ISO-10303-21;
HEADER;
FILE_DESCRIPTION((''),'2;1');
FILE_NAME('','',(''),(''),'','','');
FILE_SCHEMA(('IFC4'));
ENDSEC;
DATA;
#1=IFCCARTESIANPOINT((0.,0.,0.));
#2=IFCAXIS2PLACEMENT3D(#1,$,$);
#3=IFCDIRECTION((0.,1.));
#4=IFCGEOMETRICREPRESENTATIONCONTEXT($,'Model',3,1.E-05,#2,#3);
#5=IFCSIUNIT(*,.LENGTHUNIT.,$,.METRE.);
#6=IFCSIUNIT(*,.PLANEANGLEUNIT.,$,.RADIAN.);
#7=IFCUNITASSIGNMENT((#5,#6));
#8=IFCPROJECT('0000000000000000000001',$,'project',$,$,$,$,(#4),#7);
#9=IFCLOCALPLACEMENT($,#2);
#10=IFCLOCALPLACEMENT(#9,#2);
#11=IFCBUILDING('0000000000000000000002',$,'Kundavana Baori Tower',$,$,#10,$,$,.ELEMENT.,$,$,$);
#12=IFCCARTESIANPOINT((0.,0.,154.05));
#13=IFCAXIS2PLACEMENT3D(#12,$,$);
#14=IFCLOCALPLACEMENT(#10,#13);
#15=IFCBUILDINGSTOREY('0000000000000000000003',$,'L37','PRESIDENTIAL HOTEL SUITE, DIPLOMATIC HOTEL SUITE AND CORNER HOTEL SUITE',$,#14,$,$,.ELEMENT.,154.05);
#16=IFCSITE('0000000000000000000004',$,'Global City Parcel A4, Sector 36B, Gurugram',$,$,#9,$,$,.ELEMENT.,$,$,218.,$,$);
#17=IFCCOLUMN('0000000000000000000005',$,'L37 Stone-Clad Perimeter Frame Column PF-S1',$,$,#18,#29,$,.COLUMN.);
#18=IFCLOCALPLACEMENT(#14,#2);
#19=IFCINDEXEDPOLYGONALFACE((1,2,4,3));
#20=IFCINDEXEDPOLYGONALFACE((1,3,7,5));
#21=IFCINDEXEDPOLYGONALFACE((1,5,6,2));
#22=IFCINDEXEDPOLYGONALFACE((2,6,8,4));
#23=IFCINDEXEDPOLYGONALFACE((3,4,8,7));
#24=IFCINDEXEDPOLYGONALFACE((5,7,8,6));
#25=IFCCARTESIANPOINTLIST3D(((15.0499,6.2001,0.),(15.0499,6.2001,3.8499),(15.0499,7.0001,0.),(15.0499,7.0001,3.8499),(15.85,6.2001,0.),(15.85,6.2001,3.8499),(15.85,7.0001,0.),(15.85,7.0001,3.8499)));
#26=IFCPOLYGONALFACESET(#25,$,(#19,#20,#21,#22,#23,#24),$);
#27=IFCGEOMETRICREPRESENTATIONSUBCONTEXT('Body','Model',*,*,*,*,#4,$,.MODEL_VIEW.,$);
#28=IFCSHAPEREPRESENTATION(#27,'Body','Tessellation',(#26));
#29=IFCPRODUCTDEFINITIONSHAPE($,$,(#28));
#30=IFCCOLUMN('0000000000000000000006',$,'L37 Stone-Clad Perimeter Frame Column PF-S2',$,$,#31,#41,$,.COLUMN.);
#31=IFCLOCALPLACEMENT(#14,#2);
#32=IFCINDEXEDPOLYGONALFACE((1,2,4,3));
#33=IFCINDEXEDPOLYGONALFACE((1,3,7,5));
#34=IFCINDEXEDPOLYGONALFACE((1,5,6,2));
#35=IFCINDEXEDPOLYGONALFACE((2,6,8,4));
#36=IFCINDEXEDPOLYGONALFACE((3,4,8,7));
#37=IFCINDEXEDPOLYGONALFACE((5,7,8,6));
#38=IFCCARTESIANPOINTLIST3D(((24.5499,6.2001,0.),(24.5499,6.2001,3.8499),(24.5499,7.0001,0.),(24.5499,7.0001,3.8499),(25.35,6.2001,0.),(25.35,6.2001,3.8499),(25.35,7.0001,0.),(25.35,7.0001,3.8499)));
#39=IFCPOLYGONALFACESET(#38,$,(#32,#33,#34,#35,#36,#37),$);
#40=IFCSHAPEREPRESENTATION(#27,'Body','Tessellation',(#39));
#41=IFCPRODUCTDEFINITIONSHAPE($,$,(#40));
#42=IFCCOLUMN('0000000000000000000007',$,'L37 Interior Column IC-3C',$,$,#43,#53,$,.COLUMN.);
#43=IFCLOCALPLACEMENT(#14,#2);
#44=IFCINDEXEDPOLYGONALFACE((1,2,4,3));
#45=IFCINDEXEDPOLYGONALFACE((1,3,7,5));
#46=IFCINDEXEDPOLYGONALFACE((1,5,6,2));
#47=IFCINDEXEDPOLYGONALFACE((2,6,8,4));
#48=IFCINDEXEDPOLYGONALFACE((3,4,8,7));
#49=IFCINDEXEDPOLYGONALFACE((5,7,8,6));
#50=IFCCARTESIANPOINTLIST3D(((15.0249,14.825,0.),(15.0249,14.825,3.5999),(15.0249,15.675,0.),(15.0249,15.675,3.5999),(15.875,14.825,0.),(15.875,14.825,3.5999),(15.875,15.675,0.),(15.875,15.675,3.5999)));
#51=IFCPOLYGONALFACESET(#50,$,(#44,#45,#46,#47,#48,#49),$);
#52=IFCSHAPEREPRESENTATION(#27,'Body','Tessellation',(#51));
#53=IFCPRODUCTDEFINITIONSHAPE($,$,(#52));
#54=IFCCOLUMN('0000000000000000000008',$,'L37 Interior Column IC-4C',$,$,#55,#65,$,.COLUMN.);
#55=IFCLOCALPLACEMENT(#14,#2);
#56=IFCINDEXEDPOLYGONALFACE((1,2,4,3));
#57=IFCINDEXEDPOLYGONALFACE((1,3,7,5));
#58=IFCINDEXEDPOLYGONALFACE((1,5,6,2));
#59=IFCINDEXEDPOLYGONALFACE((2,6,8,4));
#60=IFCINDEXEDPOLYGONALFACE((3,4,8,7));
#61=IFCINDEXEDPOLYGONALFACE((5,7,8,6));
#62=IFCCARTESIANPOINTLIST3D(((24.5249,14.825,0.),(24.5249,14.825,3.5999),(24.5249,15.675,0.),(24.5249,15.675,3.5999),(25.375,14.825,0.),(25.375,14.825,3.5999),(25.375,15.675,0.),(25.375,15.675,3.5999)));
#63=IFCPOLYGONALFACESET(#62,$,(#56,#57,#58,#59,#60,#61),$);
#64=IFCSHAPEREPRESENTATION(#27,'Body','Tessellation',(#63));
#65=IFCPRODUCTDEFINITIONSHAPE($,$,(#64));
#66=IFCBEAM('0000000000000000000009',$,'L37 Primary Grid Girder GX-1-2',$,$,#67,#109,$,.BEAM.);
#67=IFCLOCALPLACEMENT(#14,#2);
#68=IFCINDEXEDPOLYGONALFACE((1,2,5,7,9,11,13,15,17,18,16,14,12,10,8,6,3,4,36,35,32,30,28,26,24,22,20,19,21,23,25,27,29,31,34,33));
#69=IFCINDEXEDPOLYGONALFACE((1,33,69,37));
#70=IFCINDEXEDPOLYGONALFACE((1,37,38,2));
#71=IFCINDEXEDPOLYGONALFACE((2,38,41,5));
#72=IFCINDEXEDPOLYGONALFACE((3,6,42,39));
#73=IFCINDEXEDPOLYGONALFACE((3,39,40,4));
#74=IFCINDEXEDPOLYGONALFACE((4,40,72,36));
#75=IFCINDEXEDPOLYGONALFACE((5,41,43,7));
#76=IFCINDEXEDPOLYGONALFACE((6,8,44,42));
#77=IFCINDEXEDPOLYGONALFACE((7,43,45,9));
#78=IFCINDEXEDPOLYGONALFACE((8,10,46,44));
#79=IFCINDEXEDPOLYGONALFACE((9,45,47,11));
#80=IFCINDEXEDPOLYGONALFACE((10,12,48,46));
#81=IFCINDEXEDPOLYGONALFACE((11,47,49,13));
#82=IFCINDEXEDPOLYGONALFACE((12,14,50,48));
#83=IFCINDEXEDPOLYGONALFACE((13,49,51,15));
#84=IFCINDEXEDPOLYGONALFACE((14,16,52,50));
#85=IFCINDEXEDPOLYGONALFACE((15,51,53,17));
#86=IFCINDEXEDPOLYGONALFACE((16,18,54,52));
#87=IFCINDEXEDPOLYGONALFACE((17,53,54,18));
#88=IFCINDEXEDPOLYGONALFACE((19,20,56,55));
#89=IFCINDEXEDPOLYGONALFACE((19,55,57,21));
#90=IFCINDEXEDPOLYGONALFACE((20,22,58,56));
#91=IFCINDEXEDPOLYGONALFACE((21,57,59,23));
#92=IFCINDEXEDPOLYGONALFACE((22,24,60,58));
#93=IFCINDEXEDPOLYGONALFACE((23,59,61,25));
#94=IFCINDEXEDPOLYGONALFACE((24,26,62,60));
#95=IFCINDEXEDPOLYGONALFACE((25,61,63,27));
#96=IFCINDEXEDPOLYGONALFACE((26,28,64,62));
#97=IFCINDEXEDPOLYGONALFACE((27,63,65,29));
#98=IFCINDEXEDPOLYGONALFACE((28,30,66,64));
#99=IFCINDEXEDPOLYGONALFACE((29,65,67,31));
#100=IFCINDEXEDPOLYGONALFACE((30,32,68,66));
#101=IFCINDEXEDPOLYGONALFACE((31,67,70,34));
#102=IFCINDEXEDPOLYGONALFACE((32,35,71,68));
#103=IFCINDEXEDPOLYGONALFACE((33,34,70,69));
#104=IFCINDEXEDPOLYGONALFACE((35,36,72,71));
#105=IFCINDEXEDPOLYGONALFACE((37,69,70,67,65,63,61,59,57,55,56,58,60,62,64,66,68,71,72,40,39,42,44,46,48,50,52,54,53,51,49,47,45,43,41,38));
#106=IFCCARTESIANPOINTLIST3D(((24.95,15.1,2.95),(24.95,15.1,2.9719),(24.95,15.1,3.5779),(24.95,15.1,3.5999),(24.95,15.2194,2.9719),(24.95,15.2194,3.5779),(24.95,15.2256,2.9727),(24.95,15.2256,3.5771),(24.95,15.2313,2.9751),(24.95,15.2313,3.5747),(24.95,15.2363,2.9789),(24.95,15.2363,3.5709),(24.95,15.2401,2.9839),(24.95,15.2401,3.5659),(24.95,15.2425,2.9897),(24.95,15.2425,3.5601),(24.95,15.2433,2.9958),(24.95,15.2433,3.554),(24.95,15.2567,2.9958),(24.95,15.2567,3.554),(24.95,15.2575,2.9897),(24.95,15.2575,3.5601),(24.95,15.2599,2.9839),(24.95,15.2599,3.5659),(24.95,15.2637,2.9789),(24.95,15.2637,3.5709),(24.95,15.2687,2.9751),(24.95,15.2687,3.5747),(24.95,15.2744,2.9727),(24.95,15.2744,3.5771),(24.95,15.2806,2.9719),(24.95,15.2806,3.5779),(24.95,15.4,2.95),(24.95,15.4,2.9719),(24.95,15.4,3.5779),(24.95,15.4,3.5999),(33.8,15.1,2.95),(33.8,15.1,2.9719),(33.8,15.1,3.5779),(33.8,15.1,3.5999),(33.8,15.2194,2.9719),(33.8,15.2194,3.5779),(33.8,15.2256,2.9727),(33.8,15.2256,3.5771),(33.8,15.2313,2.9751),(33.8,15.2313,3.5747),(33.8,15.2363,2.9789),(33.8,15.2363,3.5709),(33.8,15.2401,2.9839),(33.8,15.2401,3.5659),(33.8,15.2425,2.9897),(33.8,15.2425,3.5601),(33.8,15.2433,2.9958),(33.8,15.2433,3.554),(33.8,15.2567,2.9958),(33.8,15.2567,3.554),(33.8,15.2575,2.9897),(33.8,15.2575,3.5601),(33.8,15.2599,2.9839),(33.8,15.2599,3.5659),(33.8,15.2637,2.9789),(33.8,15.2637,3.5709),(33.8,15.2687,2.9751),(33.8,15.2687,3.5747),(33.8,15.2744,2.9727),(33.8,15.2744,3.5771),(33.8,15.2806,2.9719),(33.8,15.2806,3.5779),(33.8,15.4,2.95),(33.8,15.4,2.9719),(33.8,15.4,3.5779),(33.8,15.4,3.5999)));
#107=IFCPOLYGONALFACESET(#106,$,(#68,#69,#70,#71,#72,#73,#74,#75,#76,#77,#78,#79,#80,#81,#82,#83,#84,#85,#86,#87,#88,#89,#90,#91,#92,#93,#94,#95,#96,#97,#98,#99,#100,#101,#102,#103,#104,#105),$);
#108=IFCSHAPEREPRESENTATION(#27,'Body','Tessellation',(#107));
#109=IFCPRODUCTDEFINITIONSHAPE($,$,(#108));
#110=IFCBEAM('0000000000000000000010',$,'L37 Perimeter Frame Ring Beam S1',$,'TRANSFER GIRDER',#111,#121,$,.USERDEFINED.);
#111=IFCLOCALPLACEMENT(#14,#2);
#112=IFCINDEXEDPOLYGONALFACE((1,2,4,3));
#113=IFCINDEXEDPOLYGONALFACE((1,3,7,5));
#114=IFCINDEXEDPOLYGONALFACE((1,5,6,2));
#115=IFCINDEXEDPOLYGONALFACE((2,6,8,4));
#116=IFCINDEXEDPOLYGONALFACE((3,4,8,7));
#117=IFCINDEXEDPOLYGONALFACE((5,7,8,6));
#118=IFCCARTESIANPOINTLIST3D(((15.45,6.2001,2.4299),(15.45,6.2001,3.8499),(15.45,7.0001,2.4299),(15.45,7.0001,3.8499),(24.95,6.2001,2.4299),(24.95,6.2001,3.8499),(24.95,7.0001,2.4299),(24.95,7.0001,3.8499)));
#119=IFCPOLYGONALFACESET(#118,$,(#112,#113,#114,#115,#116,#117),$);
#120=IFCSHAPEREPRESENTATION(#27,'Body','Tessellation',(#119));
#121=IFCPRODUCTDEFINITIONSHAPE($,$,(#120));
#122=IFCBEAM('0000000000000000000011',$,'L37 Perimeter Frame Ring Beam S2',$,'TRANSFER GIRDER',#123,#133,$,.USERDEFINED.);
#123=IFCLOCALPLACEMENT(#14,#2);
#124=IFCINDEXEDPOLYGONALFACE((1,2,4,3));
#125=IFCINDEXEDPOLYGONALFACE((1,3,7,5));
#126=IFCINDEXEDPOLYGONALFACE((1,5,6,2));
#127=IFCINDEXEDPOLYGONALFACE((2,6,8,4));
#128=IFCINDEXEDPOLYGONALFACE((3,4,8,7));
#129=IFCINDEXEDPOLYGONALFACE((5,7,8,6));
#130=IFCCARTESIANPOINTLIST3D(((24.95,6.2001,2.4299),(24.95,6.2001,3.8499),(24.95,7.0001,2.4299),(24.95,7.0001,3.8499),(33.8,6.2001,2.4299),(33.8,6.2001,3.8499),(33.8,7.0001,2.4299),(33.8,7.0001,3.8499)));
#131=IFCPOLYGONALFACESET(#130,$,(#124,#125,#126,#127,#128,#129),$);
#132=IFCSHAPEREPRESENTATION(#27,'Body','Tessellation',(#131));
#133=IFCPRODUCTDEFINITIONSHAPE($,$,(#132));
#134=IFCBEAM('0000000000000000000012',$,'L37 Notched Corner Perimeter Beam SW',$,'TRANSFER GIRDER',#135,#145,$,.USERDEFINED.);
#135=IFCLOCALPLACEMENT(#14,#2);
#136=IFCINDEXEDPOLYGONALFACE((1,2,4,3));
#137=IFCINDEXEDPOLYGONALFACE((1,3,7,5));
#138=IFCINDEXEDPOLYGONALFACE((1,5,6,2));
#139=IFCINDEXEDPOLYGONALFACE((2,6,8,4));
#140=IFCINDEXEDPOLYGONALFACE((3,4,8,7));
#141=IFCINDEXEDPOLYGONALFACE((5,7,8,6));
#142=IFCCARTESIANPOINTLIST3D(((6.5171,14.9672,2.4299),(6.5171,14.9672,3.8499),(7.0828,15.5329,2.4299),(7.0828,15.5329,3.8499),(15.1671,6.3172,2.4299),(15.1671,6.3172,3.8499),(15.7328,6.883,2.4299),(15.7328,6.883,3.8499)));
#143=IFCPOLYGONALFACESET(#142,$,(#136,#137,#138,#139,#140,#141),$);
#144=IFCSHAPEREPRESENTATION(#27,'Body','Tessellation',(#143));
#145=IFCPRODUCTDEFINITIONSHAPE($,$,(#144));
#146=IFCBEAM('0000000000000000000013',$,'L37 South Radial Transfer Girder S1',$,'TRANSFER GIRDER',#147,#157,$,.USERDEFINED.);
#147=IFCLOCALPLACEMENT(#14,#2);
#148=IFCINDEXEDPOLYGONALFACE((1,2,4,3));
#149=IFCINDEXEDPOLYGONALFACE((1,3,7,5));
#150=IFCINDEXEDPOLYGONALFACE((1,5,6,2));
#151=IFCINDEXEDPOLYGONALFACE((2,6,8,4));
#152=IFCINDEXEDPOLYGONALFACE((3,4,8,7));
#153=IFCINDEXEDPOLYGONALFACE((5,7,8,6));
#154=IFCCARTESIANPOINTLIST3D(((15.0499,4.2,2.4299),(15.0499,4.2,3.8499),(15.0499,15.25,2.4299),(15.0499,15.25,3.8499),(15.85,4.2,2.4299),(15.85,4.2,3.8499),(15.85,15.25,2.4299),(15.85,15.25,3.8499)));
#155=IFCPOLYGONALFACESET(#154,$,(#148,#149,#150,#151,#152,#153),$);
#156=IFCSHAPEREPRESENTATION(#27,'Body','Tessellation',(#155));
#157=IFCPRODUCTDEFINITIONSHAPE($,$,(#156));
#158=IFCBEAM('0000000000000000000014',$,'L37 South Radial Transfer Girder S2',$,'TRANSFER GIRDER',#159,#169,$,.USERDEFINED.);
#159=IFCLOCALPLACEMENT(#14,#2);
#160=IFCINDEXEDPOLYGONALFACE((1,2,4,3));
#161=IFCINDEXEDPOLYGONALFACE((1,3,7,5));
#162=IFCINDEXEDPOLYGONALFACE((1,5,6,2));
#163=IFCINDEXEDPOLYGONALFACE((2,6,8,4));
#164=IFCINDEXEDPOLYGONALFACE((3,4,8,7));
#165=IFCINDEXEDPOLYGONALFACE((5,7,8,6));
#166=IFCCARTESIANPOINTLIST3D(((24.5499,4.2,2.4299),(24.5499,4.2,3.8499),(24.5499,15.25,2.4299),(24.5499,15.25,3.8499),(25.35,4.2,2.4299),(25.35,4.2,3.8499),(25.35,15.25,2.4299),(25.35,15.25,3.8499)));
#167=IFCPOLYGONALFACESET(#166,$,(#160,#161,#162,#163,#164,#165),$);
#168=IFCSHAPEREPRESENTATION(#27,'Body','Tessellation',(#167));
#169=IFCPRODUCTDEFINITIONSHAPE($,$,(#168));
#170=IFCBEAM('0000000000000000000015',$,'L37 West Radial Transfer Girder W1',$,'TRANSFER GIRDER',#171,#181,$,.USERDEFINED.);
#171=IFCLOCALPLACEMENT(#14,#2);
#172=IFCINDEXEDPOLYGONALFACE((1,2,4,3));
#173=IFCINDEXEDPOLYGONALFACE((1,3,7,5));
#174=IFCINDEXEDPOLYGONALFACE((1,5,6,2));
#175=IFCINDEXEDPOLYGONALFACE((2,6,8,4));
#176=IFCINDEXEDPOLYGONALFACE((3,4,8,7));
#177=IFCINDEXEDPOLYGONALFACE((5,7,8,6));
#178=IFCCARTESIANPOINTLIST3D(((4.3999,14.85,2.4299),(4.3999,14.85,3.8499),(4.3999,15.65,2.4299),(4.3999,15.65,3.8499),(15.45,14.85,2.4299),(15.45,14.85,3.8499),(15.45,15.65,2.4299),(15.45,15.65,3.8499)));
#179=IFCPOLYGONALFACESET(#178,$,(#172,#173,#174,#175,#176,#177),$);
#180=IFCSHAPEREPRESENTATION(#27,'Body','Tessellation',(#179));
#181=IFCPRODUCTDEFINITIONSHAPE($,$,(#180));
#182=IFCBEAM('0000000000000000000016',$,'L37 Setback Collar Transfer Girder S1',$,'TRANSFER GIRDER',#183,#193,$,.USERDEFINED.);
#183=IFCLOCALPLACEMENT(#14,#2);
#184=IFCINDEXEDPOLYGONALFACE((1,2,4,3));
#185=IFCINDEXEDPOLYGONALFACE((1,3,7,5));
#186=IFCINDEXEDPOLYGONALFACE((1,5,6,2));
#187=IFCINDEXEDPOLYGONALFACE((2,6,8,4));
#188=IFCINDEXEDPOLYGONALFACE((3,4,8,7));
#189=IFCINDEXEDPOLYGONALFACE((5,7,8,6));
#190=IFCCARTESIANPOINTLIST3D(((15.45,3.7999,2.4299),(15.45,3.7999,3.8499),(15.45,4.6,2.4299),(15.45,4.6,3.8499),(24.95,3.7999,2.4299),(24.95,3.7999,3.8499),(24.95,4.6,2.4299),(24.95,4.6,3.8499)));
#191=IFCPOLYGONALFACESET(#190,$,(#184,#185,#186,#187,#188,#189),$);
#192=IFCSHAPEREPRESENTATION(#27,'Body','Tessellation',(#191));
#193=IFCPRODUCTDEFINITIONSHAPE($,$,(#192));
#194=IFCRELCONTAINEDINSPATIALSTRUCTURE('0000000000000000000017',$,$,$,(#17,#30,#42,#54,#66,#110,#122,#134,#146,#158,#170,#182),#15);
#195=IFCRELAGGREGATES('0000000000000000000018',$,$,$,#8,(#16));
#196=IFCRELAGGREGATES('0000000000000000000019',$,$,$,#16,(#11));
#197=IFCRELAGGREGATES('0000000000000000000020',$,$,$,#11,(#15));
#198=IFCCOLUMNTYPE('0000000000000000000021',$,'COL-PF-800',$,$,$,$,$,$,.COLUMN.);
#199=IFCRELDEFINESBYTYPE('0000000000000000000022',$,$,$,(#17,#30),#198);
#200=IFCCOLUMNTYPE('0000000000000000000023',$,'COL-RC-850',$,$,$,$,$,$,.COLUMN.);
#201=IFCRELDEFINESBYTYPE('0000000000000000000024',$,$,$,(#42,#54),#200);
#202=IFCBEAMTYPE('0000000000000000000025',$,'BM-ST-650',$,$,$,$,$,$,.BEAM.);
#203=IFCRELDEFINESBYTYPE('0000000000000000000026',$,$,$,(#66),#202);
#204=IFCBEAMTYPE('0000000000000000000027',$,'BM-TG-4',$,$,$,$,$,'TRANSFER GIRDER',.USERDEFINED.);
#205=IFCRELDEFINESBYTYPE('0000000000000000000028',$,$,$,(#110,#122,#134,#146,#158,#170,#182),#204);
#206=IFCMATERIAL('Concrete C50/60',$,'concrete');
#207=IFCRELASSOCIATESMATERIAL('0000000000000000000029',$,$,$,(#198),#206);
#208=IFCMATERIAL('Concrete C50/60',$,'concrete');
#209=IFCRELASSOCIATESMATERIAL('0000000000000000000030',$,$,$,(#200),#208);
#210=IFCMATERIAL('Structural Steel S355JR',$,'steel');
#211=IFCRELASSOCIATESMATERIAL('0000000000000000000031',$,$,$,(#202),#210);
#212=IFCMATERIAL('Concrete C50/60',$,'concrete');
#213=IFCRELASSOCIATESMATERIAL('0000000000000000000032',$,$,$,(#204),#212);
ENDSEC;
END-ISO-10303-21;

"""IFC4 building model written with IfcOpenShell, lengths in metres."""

from ifc_helpers import new_model, si_unit, direction, frame, origin, origin_2d, place, context, subcontext, project, spatial, rectangle, i_section, extrude, material, material_profile, profile_set, type_object, element, save


model = new_model("IFC4")

# Units and contexts
model_context = context("Model", 3, precision=1e-05, world=origin(), true_north=direction((0.0, 1.0)))
body_context = subcontext(model_context, "Body", "Model", "MODEL_VIEW")
ifc_project = project(units=[si_unit("LENGTHUNIT", "METRE"), si_unit("PLANEANGLEUNIT", "RADIAN")], contexts=[model_context])

# Site, building, storey
site_placement = place(None, origin())
site = spatial("IfcSite", under=ifc_project, at=site_placement, Name="Global City Parcel A4, Sector 36B, Gurugram", CompositionType="ELEMENT", RefElevation=218.0)
building_placement = place(site_placement, origin())
building = spatial("IfcBuilding", under=site, at=building_placement, Name="Kundavana Baori Tower", CompositionType="ELEMENT")
storey_placement = place(building_placement, frame((0.0, 0.0, 154.05)))
storey = spatial("IfcBuildingStorey", under=building, at=storey_placement, Name="L37", Description="PRESIDENTIAL HOTEL SUITE, DIPLOMATIC HOTEL SUITE AND CORNER HOTEL SUITE", CompositionType="ELEMENT", Elevation=154.05)

# Columns
ifc_material_1 = material(Name="Concrete C50/60", Category="concrete")
ifc_material_profile_1 = material_profile(ifc_material_1, rectangle(XDim=0.8, YDim=0.8, at=origin_2d()), Name="RC PF 800x800")
ifc_profile_set_1 = profile_set([ifc_material_profile_1], Name="Concrete C50/60")
column_type_1 = type_object("IfcColumnType", Name="COL-PF-800", PredefinedType="COLUMN", material=ifc_profile_set_1)
for number, where, z_axis, x_axis, name in (
    (1, (15.45, 6.6001, 0.0), (0.0, 0.0, 1.0), (1.0, 0.0, 0.0), "L37 Stone-Clad Perimeter Frame Column PF-S1"),
    (2, (24.95, 6.6001, 0.0), (0.0, 0.0, 1.0), (1.0, 0.0, 0.0), "L37 Stone-Clad Perimeter Frame Column PF-S2"),
):
    element("IfcColumn", number, at=place(storey_placement, frame(where, z_axis=z_axis, x_axis=x_axis)), inside=storey, type_object=column_type_1, Name=name, PredefinedType="COLUMN", context=body_context, shape_type="SweptSolid", body=[
        extrude(rectangle(XDim=0.8, YDim=0.8, at=origin_2d()), origin(), (0.0, 0.0, 1.0), 3.8499),
    ])
ifc_material_2 = material(Name="Concrete C50/60", Category="concrete")
ifc_material_profile_2 = material_profile(ifc_material_2, rectangle(XDim=0.8501, YDim=0.8501, at=origin_2d()), Name="RC 850x850")
ifc_profile_set_2 = profile_set([ifc_material_profile_2], Name="Concrete C50/60")
column_type_2 = type_object("IfcColumnType", Name="COL-RC-850", PredefinedType="COLUMN", material=ifc_profile_set_2)
for number, where, z_axis, x_axis, name in (
    (3, (15.45, 15.25, 0.0), (0.0, 0.0, 1.0), (1.0, 0.0, 0.0), "L37 Interior Column IC-3C"),
    (4, (24.95, 15.25, 0.0), (0.0, 0.0, 1.0), (1.0, 0.0, 0.0), "L37 Interior Column IC-4C"),
):
    element("IfcColumn", number, at=place(storey_placement, frame(where, z_axis=z_axis, x_axis=x_axis)), inside=storey, type_object=column_type_2, Name=name, PredefinedType="COLUMN", context=body_context, shape_type="SweptSolid", body=[
        extrude(rectangle(XDim=0.8501, YDim=0.8501, at=origin_2d()), origin(), (0.0, 0.0, 1.0), 3.5999),
    ])

# Beams
ifc_material_3 = material(Name="Structural Steel S355JR", Category="steel")
ifc_material_profile_3 = material_profile(ifc_material_3, i_section(OverallWidth=0.3, OverallDepth=0.6499, WebThickness=0.0134, FlangeThickness=0.022, FilletRadius=0.0239, at=origin_2d()), Name="NPB 650x300x155")
ifc_profile_set_3 = profile_set([ifc_material_profile_3], Name="Structural Steel S355JR")
beam_type_1 = type_object("IfcBeamType", Name="BM-ST-650", PredefinedType="BEAM", material=ifc_profile_set_3)
beam_1_placement = place(storey_placement, frame((24.95, 15.25, 3.2749), z_axis=(1.0, 0.0, 0.0), x_axis=(0.0, 1.0, 0.0)))
element("IfcBeam", 5, at=beam_1_placement, inside=storey, type_object=beam_type_1, Name="L37 Primary Grid Girder GX-1-2", PredefinedType="BEAM", context=body_context, shape_type="SweptSolid", body=[
    extrude(i_section(OverallWidth=0.3, OverallDepth=0.6499, WebThickness=0.0134, FlangeThickness=0.022, FilletRadius=0.0239, at=origin_2d()), origin(), (0.0, 0.0, 1.0), 8.8501),
])
ifc_material_4 = material(Name="Concrete C50/60", Category="concrete")
ifc_material_profile_4 = material_profile(ifc_material_4, rectangle(XDim=0.8, YDim=1.4199, at=origin_2d()), Name="BM-TG-4")
ifc_profile_set_4 = profile_set([ifc_material_profile_4], Name="Concrete C50/60")
beam_type_2 = type_object("IfcBeamType", Name="BM-TG-4", ElementType="TRANSFER GIRDER", PredefinedType="USERDEFINED", material=ifc_profile_set_4)
beam_2_placement = place(storey_placement, frame((15.45, 6.6001, 3.1399), z_axis=(1.0, 0.0, 0.0), x_axis=(0.0, 1.0, 0.0)))
element("IfcBeam", 6, at=beam_2_placement, inside=storey, type_object=beam_type_2, Name="L37 Perimeter Frame Ring Beam S1", ObjectType="TRANSFER GIRDER", PredefinedType="USERDEFINED", context=body_context, shape_type="SweptSolid", body=[
    extrude(rectangle(XDim=0.8, YDim=1.4199, at=origin_2d()), origin(), (0.0, 0.0, 1.0), 9.5),
])
beam_3_placement = place(storey_placement, frame((24.95, 6.6001, 3.1399), z_axis=(1.0, 0.0, 0.0), x_axis=(0.0, 1.0, 0.0)))
element("IfcBeam", 7, at=beam_3_placement, inside=storey, type_object=beam_type_2, Name="L37 Perimeter Frame Ring Beam S2", ObjectType="TRANSFER GIRDER", PredefinedType="USERDEFINED", context=body_context, shape_type="SweptSolid", body=[
    extrude(rectangle(XDim=0.8, YDim=1.4199, at=origin_2d()), origin(), (0.0, 0.0, 1.0), 8.8501),
])
beam_4_placement = place(storey_placement, frame((15.45, 6.6001, 3.1399), z_axis=(-0.707107, 0.707107, 0.0), x_axis=(-0.707107, -0.707107, 0.0)))
element("IfcBeam", 8, at=beam_4_placement, inside=storey, type_object=beam_type_2, Name="L37 Notched Corner Perimeter Beam SW", ObjectType="TRANSFER GIRDER", PredefinedType="USERDEFINED", context=body_context, shape_type="SweptSolid", body=[
    extrude(rectangle(XDim=0.8, YDim=1.4199, at=origin_2d()), origin(), (0.0, 0.0, 1.0), 12.2329),
])
for number, where, z_axis, x_axis, name in (
    (9, (15.45, 15.25, 3.1399), (0.0, -1.0, 0.0), (1.0, 0.0, 0.0), "L37 South Radial Transfer Girder S1"),
    (10, (24.95, 15.25, 3.1399), (0.0, -1.0, 0.0), (1.0, 0.0, 0.0), "L37 South Radial Transfer Girder S2"),
    (11, (15.45, 15.25, 3.1399), (-1.0, 0.0, 0.0), (0.0, -1.0, 0.0), "L37 West Radial Transfer Girder W1"),
):
    element("IfcBeam", number, at=place(storey_placement, frame(where, z_axis=z_axis, x_axis=x_axis)), inside=storey, type_object=beam_type_2, Name=name, ObjectType="TRANSFER GIRDER", PredefinedType="USERDEFINED", context=body_context, shape_type="SweptSolid", body=[
        extrude(rectangle(XDim=0.8, YDim=1.4199, at=origin_2d()), origin(), (0.0, 0.0, 1.0), 11.05),
    ])
beam_5_placement = place(storey_placement, frame((15.45, 4.2, 3.1399), z_axis=(1.0, 0.0, 0.0), x_axis=(0.0, 1.0, 0.0)))
element("IfcBeam", 12, at=beam_5_placement, inside=storey, type_object=beam_type_2, Name="L37 Setback Collar Transfer Girder S1", ObjectType="TRANSFER GIRDER", PredefinedType="USERDEFINED", context=body_context, shape_type="SweptSolid", body=[
    extrude(rectangle(XDim=0.8, YDim=1.4199, at=origin_2d()), origin(), (0.0, 0.0, 1.0), 9.5),
])

save(model, "model.ifc")
